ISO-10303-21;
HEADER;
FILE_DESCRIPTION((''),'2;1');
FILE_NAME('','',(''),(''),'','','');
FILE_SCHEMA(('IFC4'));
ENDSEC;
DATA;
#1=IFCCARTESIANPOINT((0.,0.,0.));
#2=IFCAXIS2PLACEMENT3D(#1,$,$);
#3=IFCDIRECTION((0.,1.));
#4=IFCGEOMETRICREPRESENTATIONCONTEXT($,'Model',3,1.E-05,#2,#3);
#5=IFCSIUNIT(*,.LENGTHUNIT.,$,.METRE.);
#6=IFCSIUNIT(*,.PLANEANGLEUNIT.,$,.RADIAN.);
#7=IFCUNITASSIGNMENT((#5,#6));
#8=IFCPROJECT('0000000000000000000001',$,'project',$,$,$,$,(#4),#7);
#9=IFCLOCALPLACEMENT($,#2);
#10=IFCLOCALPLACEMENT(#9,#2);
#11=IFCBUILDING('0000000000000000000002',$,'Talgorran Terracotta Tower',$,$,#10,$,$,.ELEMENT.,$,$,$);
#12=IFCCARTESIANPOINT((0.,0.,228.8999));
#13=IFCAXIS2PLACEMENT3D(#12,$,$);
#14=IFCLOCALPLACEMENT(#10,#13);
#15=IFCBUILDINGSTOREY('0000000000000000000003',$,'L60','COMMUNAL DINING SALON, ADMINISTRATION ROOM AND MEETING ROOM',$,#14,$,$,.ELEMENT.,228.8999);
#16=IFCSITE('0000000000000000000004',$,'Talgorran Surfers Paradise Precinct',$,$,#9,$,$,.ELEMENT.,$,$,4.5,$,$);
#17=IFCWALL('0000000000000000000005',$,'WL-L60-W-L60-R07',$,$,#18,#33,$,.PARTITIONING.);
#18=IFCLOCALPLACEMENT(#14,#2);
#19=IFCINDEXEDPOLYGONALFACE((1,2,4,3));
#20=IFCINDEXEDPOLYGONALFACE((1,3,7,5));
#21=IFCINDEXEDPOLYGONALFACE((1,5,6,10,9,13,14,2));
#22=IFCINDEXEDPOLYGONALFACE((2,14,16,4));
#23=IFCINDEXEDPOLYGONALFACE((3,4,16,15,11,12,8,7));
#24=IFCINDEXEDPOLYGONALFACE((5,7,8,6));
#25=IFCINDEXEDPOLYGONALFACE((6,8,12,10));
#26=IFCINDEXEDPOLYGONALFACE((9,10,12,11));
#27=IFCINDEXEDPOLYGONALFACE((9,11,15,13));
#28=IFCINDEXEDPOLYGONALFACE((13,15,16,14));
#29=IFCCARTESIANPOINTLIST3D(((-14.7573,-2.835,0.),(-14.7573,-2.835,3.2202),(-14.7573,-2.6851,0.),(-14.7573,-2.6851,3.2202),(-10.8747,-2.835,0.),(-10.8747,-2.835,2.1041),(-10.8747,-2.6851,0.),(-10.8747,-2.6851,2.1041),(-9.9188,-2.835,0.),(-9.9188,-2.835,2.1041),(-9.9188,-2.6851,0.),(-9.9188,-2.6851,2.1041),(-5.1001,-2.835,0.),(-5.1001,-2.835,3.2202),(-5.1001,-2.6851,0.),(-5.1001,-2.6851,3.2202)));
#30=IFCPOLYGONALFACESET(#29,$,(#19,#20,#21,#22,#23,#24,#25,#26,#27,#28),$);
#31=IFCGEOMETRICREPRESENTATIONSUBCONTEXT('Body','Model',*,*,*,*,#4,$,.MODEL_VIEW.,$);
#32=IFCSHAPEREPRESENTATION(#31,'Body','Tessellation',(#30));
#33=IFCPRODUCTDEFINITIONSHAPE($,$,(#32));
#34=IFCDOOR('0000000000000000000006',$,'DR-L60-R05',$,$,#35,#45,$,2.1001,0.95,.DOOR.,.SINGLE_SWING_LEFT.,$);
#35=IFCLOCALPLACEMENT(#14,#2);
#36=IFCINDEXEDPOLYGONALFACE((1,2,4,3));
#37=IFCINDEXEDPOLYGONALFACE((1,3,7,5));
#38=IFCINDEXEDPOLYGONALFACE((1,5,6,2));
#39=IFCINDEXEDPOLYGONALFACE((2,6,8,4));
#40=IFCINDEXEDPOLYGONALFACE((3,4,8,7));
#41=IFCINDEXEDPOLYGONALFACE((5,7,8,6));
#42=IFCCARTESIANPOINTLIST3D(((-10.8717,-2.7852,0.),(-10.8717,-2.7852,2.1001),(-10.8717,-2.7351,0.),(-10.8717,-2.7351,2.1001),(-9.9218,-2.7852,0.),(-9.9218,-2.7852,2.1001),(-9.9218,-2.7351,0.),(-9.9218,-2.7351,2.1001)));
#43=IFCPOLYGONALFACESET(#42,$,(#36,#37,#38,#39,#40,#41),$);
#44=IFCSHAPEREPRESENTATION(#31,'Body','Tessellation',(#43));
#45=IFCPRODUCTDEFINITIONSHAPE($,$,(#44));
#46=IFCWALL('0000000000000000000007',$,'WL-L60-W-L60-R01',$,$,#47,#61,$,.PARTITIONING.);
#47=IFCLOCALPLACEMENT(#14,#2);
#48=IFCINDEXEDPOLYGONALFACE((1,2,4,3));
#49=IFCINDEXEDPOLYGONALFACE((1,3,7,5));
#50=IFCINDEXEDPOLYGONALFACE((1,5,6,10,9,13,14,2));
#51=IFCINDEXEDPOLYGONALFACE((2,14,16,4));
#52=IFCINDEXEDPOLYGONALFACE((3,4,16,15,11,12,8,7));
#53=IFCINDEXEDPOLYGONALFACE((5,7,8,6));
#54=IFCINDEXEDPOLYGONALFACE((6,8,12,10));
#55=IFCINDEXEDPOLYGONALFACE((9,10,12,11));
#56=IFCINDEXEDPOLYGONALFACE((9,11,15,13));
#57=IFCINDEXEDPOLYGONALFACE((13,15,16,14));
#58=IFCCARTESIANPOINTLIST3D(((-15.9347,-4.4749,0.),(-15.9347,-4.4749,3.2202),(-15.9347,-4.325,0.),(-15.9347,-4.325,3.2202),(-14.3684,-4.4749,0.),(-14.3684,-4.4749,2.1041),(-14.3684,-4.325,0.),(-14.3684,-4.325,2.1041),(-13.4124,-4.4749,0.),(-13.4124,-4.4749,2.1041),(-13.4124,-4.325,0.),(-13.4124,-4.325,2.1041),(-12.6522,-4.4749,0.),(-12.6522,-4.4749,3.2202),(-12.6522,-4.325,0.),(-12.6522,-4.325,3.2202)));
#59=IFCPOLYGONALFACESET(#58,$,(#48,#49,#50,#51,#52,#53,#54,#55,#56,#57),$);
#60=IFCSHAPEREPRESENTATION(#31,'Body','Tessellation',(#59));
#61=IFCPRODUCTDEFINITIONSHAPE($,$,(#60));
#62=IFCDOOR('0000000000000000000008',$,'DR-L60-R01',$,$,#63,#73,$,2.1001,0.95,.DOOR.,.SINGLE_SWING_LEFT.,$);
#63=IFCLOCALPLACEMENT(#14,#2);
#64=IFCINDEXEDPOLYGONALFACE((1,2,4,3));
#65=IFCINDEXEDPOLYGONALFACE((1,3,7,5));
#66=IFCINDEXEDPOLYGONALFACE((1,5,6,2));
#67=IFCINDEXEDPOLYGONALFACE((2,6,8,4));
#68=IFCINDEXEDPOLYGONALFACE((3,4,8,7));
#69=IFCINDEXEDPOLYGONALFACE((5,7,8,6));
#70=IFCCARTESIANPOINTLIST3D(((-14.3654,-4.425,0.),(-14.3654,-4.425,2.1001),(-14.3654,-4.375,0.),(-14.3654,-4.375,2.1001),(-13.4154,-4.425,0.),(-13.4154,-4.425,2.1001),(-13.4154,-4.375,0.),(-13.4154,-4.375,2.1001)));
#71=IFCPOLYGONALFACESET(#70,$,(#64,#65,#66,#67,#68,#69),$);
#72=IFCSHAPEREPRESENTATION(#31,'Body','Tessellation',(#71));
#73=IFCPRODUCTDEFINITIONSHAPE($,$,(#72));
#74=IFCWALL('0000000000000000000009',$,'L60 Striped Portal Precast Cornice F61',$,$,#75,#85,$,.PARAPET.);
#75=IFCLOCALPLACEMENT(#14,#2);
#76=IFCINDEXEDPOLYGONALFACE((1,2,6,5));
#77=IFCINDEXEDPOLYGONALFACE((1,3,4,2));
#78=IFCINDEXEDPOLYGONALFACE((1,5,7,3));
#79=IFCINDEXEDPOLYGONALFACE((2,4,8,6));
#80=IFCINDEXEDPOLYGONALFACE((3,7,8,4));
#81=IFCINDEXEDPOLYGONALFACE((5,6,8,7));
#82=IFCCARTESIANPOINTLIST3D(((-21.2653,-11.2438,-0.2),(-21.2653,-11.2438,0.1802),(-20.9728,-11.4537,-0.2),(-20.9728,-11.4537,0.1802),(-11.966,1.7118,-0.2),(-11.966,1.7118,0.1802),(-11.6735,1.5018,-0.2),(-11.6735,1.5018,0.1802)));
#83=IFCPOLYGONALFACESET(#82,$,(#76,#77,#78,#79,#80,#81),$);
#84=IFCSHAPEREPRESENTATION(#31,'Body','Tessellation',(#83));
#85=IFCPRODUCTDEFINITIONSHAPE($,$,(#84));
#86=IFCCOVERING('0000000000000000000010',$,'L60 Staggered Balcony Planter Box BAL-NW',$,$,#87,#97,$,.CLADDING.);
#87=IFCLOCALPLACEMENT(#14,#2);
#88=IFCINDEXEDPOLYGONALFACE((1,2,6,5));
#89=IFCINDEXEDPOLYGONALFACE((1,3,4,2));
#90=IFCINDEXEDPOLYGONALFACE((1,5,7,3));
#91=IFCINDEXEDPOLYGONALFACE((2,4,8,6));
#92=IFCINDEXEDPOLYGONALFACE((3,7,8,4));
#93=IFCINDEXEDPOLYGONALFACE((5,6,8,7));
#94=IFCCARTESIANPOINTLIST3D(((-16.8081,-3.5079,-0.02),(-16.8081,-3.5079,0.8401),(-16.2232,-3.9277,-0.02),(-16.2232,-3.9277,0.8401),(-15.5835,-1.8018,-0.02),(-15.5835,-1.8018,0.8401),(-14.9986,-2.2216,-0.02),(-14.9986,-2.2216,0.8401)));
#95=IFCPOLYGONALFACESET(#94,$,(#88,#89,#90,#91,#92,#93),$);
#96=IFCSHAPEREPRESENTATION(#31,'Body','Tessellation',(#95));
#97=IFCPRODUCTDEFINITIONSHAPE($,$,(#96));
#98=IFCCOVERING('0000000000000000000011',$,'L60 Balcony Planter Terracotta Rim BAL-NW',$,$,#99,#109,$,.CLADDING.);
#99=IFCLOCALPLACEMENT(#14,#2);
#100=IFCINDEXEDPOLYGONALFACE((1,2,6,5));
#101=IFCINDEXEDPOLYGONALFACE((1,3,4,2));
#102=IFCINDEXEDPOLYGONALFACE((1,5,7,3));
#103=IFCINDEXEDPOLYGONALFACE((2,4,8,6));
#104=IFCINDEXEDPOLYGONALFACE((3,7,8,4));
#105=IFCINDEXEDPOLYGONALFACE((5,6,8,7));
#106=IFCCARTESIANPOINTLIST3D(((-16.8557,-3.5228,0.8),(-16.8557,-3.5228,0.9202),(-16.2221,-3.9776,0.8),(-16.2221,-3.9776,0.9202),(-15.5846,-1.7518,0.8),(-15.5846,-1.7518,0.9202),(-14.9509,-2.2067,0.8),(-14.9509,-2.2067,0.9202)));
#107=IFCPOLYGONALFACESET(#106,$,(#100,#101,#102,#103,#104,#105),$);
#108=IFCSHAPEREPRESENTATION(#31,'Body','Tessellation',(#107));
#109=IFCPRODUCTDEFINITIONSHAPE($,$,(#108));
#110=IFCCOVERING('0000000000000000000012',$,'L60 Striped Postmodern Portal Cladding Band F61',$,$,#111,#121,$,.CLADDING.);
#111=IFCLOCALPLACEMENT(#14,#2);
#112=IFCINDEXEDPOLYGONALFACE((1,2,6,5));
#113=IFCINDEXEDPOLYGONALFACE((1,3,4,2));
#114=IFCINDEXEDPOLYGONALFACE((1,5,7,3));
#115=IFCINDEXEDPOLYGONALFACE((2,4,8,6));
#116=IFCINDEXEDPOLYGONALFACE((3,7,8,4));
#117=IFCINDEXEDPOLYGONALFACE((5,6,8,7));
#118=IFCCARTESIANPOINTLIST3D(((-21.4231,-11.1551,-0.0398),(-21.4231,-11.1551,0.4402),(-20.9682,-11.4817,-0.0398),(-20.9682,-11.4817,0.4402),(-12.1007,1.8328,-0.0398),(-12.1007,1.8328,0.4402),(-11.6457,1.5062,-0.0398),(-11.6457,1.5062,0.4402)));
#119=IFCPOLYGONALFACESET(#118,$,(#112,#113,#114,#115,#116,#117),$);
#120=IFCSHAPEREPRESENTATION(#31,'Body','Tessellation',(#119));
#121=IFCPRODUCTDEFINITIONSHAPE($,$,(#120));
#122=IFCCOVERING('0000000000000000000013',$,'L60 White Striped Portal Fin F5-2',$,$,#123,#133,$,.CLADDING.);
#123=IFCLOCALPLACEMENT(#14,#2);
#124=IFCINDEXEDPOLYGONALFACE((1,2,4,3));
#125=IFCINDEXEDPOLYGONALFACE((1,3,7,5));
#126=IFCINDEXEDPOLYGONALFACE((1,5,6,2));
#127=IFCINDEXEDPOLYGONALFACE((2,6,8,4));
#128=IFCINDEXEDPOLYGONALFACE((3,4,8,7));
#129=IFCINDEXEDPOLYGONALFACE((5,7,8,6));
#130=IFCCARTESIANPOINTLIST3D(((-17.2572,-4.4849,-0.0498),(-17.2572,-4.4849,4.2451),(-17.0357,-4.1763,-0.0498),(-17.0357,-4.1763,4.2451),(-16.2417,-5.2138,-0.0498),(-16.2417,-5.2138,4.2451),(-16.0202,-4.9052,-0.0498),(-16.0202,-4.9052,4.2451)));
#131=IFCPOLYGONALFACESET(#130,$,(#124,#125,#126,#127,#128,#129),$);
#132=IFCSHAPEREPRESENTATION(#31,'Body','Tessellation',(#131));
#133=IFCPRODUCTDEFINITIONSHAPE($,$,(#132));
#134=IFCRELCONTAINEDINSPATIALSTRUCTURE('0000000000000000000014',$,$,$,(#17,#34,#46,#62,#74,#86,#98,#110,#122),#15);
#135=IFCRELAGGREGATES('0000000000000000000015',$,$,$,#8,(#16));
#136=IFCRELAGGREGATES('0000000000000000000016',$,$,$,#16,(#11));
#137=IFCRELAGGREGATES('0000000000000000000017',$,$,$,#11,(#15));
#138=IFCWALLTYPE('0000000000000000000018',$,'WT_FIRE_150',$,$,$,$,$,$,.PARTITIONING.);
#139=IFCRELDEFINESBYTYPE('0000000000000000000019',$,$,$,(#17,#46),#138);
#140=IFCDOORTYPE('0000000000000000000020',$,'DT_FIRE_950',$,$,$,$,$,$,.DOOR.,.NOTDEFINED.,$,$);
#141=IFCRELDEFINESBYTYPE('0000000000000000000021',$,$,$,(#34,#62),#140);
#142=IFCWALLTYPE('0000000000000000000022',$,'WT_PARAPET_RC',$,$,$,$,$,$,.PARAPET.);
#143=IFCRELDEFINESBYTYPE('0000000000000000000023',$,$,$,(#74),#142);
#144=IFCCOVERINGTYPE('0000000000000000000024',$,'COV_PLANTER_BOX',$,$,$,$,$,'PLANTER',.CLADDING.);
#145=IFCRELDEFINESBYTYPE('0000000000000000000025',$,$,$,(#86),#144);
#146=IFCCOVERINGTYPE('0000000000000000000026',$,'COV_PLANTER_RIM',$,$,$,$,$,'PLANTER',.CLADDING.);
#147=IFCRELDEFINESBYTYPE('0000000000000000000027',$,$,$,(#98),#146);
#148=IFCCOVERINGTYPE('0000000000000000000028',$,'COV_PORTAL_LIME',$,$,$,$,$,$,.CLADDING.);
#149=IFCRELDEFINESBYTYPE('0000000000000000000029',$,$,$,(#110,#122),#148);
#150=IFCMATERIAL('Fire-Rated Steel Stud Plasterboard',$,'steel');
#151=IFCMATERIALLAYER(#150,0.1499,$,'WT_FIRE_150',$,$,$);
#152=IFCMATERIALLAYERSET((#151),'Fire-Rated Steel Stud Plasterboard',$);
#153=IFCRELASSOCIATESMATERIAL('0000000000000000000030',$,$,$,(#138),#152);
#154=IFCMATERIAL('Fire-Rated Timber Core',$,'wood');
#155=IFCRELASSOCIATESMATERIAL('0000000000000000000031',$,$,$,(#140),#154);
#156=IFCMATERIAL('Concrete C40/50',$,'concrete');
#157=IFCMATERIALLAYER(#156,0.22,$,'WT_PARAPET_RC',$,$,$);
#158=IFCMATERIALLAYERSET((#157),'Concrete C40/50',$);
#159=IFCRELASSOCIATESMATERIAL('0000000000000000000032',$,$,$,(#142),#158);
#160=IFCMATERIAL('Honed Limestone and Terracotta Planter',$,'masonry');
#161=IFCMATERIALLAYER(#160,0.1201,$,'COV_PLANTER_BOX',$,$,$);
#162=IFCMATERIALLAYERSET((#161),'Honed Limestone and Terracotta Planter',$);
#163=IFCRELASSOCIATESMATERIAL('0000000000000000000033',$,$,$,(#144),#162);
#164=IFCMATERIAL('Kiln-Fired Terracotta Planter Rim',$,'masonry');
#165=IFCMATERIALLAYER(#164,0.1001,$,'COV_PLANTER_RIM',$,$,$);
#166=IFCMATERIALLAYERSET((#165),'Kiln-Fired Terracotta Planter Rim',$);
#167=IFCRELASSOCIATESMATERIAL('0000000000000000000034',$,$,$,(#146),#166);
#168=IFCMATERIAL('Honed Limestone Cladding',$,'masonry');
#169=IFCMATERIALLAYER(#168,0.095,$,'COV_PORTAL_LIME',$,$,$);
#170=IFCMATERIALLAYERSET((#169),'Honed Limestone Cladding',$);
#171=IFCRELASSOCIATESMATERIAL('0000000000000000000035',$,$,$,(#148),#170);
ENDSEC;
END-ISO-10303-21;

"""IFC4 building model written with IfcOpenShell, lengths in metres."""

from ifc_helpers import new_model, si_unit, direction, frame, frame_2d, origin, origin_2d, place, context, subcontext, project, spatial, rectangle, extrude, material, layer, layer_set, type_object, element, fill, save


model = new_model("IFC4")

# Units and contexts
model_context = context("Model", 3, precision=1e-05, world=origin(), true_north=direction((0.0, 1.0)))
body_context = subcontext(model_context, "Body", "Model", "MODEL_VIEW")
ifc_project = project(units=[si_unit("LENGTHUNIT", "METRE"), si_unit("PLANEANGLEUNIT", "RADIAN")], contexts=[model_context])

# Site, building, storey
site_placement = place(None, origin())
site = spatial("IfcSite", under=ifc_project, at=site_placement, Name="Talgorran Surfers Paradise Precinct", CompositionType="ELEMENT", RefElevation=4.5)
building_placement = place(site_placement, origin())
building = spatial("IfcBuilding", under=site, at=building_placement, Name="Talgorran Terracotta Tower", CompositionType="ELEMENT")
storey_placement = place(building_placement, frame((0.0, 0.0, 228.8999)))
storey = spatial("IfcBuildingStorey", under=building, at=storey_placement, Name="L60", Description="COMMUNAL DINING SALON, ADMINISTRATION ROOM AND MEETING ROOM", CompositionType="ELEMENT", Elevation=228.8999)

# Walls, openings, doors
ifc_material_1 = material(Name="Fire-Rated Steel Stud Plasterboard", Category="steel")
ifc_layer_1 = layer(ifc_material_1, 0.1499, Name="WT_FIRE_150")
ifc_layer_set_1 = layer_set([ifc_layer_1], Name="Fire-Rated Steel Stud Plasterboard")
wall_type_1 = type_object("IfcWallType", Name="WT_FIRE_150", PredefinedType="PARTITIONING", material=ifc_layer_set_1)
wall_1_placement = place(storey_placement, frame((-14.7573, -2.76, 0.0), z_axis=(0.0, 0.0, 1.0), x_axis=(1.0, 0.0, 0.0)))
wall_1 = element("IfcWall", 1, at=wall_1_placement, inside=storey, type_object=wall_type_1, Name="WL-L60-W-L60-R07", PredefinedType="PARTITIONING", context=body_context, shape_type="SweptSolid", body=[
    extrude(rectangle(XDim=9.6572, YDim=0.1499, at=frame_2d((4.8286, 0.0))), origin(), (0.0, 0.0, 1.0), 3.2202),
])
opening_1_placement = place(wall_1_placement, frame((3.8855, 0.0, 0.0)))
opening_1 = element("IfcOpeningElement", 2, at=opening_1_placement, cuts=wall_1, PredefinedType="OPENING", context=body_context, shape_type="SweptSolid", body=[
    extrude(rectangle(XDim=0.956, YDim=2.1041, at=frame_2d((0.4751, 1.052))), frame((0.0, 0.085, 0.0), z_axis=(0.0, -1.0, 0.0), x_axis=(1.0, 0.0, 0.0)), (0.0, 0.0, 1.0), 0.1699),
])
ifc_material_2 = material(Name="Fire-Rated Timber Core", Category="wood")
door_type_1 = type_object("IfcDoorType", Name="DT_FIRE_950", OperationType="NOTDEFINED", PredefinedType="DOOR", material=ifc_material_2)
door_1_placement = place(opening_1_placement, origin())
door_1 = element("IfcDoor", 3, at=door_1_placement, inside=storey, type_object=door_type_1, Name="DR-L60-R05", OperationType="SINGLE_SWING_LEFT", OverallHeight=2.1001, OverallWidth=0.95, PredefinedType="DOOR", context=body_context, shape_type="SweptSolid", body=[
    extrude(rectangle(XDim=0.95, YDim=2.1001, at=frame_2d((0.4751, 1.05))), frame((0.0, 0.0249, 0.0), z_axis=(0.0, -1.0, 0.0), x_axis=(1.0, 0.0, 0.0)), (0.0, 0.0, 1.0), 0.05),
])
fill(opening_1, door_1)
wall_2_placement = place(storey_placement, frame((-15.9346, -4.3999, 0.0), z_axis=(0.0, 0.0, 1.0), x_axis=(1.0, 0.0, 0.0)))
wall_2 = element("IfcWall", 4, at=wall_2_placement, inside=storey, type_object=wall_type_1, Name="WL-L60-W-L60-R01", PredefinedType="PARTITIONING", context=body_context, shape_type="SweptSolid", body=[
    extrude(rectangle(XDim=3.2825, YDim=0.1499, at=frame_2d((1.6411, 0.0))), origin(), (0.0, 0.0, 1.0), 3.2202),
])
opening_2_placement = place(wall_2_placement, frame((1.5691, 0.0, 0.0)))
opening_2 = element("IfcOpeningElement", 5, at=opening_2_placement, cuts=wall_2, PredefinedType="OPENING", context=body_context, shape_type="SweptSolid", body=[
    extrude(rectangle(XDim=0.956, YDim=2.1041, at=frame_2d((0.4751, 1.052))), frame((0.0, 0.085, 0.0), z_axis=(0.0, -1.0, 0.0), x_axis=(1.0, 0.0, 0.0)), (0.0, 0.0, 1.0), 0.1699),
])
door_2_placement = place(opening_2_placement, origin())
door_2 = element("IfcDoor", 6, at=door_2_placement, inside=storey, type_object=door_type_1, Name="DR-L60-R01", OperationType="SINGLE_SWING_LEFT", OverallHeight=2.1001, OverallWidth=0.95, PredefinedType="DOOR", context=body_context, shape_type="SweptSolid", body=[
    extrude(rectangle(XDim=0.95, YDim=2.1001, at=frame_2d((0.4751, 1.05))), frame((0.0, 0.0249, 0.0), z_axis=(0.0, -1.0, 0.0), x_axis=(1.0, 0.0, 0.0)), (0.0, 0.0, 1.0), 0.05),
])
fill(opening_2, door_2)

# Wall
ifc_material_3 = material(Name="Concrete C40/50", Category="concrete")
ifc_layer_2 = layer(ifc_material_3, 0.22, Name="WT_PARAPET_RC")
ifc_layer_set_2 = layer_set([ifc_layer_2], Name="Concrete C40/50")
wall_type_2 = type_object("IfcWallType", Name="WT_PARAPET_RC", PredefinedType="PARAPET", material=ifc_layer_set_2)
wall_3_placement = place(storey_placement, frame((-11.8198, 1.6067, -0.2), z_axis=(0.0, 0.0, 1.0), x_axis=(-0.583119, -0.812387, 0.0)))
element("IfcWall", 7, at=wall_3_placement, inside=storey, type_object=wall_type_2, Name="L60 Striped Portal Precast Cornice F61", PredefinedType="PARAPET", context=body_context, shape_type="SweptSolid", body=[
    extrude(rectangle(XDim=15.9475, YDim=0.3601, at=frame_2d((7.9736, 0.0))), origin(), (0.0, 0.0, 1.0), 0.3801),
])

# Coverings
ifc_material_4 = material(Name="Honed Limestone and Terracotta Planter", Category="masonry")
ifc_layer_3 = layer(ifc_material_4, 0.1201, Name="COV_PLANTER_BOX")
ifc_layer_set_3 = layer_set([ifc_layer_3], Name="Honed Limestone and Terracotta Planter")
covering_type_1 = type_object("IfcCoveringType", Name="COV_PLANTER_BOX", ElementType="PLANTER", PredefinedType="CLADDING", material=ifc_layer_set_3)
covering_1_placement = place(storey_placement, frame((-15.9033, -2.8647, -0.02), z_axis=(0.0, 0.0, 1.0), x_axis=(-0.583116, -0.812389, 0.0)))
element("IfcCovering", 8, at=covering_1_placement, inside=storey, type_object=covering_type_1, Name="L60 Staggered Balcony Planter Box BAL-NW", PredefinedType="CLADDING", context=body_context, shape_type="SweptSolid", body=[
    extrude(rectangle(XDim=2.1001, YDim=0.72, at=origin_2d()), origin(), (0.0, 0.0, 1.0), 0.8601),
])
ifc_material_5 = material(Name="Kiln-Fired Terracotta Planter Rim", Category="masonry")
ifc_layer_4 = layer(ifc_material_5, 0.1001, Name="COV_PLANTER_RIM")
ifc_layer_set_4 = layer_set([ifc_layer_4], Name="Kiln-Fired Terracotta Planter Rim")
covering_type_2 = type_object("IfcCoveringType", Name="COV_PLANTER_RIM", ElementType="PLANTER", PredefinedType="CLADDING", material=ifc_layer_set_4)
covering_2_placement = place(storey_placement, frame((-15.9033, -2.8647, 0.8), z_axis=(0.0, 0.0, 1.0), x_axis=(-0.583116, -0.812389, 0.0)))
element("IfcCovering", 9, at=covering_2_placement, inside=storey, type_object=covering_type_2, Name="L60 Balcony Planter Terracotta Rim BAL-NW", PredefinedType="CLADDING", context=body_context, shape_type="SweptSolid", body=[
    extrude(rectangle(XDim=2.1799, YDim=0.78, at=origin_2d()), origin(), (0.0, 0.0, 1.0), 0.1201),
])
ifc_material_6 = material(Name="Honed Limestone Cladding", Category="masonry")
ifc_layer_5 = layer(ifc_material_6, 0.095, Name="COV_PORTAL_LIME")
ifc_layer_set_5 = layer_set([ifc_layer_5], Name="Honed Limestone Cladding")
covering_type_3 = type_object("IfcCoveringType", Name="COV_PORTAL_LIME", PredefinedType="CLADDING", material=ifc_layer_set_5)
covering_3_placement = place(storey_placement, frame((-16.5344, -4.8245, -0.0398), z_axis=(0.0, 0.0, 1.0), x_axis=(-0.583116, -0.812389, 0.0)))
element("IfcCovering", 10, at=covering_3_placement, inside=storey, type_object=covering_type_3, Name="L60 Striped Postmodern Portal Cladding Band F61", PredefinedType="CLADDING", context=body_context, shape_type="SweptSolid", body=[
    extrude(rectangle(XDim=15.9873, YDim=0.5601, at=origin_2d()), origin(), (0.0, 0.0, 1.0), 0.48),
])
covering_4_placement = place(storey_placement, frame((-16.6387, -4.6951, -0.0498), z_axis=(0.0, 0.0, 1.0), x_axis=(-0.583116, -0.812389, 0.0)))
element("IfcCovering", 11, at=covering_4_placement, inside=storey, type_object=covering_type_3, Name="L60 White Striped Portal Fin F5-2", PredefinedType="CLADDING", context=body_context, shape_type="SweptSolid", body=[
    extrude(rectangle(XDim=0.3799, YDim=1.25, at=origin_2d()), origin(), (0.0, 0.0, 1.0), 4.2949),
])

save(model, "model.ifc")
